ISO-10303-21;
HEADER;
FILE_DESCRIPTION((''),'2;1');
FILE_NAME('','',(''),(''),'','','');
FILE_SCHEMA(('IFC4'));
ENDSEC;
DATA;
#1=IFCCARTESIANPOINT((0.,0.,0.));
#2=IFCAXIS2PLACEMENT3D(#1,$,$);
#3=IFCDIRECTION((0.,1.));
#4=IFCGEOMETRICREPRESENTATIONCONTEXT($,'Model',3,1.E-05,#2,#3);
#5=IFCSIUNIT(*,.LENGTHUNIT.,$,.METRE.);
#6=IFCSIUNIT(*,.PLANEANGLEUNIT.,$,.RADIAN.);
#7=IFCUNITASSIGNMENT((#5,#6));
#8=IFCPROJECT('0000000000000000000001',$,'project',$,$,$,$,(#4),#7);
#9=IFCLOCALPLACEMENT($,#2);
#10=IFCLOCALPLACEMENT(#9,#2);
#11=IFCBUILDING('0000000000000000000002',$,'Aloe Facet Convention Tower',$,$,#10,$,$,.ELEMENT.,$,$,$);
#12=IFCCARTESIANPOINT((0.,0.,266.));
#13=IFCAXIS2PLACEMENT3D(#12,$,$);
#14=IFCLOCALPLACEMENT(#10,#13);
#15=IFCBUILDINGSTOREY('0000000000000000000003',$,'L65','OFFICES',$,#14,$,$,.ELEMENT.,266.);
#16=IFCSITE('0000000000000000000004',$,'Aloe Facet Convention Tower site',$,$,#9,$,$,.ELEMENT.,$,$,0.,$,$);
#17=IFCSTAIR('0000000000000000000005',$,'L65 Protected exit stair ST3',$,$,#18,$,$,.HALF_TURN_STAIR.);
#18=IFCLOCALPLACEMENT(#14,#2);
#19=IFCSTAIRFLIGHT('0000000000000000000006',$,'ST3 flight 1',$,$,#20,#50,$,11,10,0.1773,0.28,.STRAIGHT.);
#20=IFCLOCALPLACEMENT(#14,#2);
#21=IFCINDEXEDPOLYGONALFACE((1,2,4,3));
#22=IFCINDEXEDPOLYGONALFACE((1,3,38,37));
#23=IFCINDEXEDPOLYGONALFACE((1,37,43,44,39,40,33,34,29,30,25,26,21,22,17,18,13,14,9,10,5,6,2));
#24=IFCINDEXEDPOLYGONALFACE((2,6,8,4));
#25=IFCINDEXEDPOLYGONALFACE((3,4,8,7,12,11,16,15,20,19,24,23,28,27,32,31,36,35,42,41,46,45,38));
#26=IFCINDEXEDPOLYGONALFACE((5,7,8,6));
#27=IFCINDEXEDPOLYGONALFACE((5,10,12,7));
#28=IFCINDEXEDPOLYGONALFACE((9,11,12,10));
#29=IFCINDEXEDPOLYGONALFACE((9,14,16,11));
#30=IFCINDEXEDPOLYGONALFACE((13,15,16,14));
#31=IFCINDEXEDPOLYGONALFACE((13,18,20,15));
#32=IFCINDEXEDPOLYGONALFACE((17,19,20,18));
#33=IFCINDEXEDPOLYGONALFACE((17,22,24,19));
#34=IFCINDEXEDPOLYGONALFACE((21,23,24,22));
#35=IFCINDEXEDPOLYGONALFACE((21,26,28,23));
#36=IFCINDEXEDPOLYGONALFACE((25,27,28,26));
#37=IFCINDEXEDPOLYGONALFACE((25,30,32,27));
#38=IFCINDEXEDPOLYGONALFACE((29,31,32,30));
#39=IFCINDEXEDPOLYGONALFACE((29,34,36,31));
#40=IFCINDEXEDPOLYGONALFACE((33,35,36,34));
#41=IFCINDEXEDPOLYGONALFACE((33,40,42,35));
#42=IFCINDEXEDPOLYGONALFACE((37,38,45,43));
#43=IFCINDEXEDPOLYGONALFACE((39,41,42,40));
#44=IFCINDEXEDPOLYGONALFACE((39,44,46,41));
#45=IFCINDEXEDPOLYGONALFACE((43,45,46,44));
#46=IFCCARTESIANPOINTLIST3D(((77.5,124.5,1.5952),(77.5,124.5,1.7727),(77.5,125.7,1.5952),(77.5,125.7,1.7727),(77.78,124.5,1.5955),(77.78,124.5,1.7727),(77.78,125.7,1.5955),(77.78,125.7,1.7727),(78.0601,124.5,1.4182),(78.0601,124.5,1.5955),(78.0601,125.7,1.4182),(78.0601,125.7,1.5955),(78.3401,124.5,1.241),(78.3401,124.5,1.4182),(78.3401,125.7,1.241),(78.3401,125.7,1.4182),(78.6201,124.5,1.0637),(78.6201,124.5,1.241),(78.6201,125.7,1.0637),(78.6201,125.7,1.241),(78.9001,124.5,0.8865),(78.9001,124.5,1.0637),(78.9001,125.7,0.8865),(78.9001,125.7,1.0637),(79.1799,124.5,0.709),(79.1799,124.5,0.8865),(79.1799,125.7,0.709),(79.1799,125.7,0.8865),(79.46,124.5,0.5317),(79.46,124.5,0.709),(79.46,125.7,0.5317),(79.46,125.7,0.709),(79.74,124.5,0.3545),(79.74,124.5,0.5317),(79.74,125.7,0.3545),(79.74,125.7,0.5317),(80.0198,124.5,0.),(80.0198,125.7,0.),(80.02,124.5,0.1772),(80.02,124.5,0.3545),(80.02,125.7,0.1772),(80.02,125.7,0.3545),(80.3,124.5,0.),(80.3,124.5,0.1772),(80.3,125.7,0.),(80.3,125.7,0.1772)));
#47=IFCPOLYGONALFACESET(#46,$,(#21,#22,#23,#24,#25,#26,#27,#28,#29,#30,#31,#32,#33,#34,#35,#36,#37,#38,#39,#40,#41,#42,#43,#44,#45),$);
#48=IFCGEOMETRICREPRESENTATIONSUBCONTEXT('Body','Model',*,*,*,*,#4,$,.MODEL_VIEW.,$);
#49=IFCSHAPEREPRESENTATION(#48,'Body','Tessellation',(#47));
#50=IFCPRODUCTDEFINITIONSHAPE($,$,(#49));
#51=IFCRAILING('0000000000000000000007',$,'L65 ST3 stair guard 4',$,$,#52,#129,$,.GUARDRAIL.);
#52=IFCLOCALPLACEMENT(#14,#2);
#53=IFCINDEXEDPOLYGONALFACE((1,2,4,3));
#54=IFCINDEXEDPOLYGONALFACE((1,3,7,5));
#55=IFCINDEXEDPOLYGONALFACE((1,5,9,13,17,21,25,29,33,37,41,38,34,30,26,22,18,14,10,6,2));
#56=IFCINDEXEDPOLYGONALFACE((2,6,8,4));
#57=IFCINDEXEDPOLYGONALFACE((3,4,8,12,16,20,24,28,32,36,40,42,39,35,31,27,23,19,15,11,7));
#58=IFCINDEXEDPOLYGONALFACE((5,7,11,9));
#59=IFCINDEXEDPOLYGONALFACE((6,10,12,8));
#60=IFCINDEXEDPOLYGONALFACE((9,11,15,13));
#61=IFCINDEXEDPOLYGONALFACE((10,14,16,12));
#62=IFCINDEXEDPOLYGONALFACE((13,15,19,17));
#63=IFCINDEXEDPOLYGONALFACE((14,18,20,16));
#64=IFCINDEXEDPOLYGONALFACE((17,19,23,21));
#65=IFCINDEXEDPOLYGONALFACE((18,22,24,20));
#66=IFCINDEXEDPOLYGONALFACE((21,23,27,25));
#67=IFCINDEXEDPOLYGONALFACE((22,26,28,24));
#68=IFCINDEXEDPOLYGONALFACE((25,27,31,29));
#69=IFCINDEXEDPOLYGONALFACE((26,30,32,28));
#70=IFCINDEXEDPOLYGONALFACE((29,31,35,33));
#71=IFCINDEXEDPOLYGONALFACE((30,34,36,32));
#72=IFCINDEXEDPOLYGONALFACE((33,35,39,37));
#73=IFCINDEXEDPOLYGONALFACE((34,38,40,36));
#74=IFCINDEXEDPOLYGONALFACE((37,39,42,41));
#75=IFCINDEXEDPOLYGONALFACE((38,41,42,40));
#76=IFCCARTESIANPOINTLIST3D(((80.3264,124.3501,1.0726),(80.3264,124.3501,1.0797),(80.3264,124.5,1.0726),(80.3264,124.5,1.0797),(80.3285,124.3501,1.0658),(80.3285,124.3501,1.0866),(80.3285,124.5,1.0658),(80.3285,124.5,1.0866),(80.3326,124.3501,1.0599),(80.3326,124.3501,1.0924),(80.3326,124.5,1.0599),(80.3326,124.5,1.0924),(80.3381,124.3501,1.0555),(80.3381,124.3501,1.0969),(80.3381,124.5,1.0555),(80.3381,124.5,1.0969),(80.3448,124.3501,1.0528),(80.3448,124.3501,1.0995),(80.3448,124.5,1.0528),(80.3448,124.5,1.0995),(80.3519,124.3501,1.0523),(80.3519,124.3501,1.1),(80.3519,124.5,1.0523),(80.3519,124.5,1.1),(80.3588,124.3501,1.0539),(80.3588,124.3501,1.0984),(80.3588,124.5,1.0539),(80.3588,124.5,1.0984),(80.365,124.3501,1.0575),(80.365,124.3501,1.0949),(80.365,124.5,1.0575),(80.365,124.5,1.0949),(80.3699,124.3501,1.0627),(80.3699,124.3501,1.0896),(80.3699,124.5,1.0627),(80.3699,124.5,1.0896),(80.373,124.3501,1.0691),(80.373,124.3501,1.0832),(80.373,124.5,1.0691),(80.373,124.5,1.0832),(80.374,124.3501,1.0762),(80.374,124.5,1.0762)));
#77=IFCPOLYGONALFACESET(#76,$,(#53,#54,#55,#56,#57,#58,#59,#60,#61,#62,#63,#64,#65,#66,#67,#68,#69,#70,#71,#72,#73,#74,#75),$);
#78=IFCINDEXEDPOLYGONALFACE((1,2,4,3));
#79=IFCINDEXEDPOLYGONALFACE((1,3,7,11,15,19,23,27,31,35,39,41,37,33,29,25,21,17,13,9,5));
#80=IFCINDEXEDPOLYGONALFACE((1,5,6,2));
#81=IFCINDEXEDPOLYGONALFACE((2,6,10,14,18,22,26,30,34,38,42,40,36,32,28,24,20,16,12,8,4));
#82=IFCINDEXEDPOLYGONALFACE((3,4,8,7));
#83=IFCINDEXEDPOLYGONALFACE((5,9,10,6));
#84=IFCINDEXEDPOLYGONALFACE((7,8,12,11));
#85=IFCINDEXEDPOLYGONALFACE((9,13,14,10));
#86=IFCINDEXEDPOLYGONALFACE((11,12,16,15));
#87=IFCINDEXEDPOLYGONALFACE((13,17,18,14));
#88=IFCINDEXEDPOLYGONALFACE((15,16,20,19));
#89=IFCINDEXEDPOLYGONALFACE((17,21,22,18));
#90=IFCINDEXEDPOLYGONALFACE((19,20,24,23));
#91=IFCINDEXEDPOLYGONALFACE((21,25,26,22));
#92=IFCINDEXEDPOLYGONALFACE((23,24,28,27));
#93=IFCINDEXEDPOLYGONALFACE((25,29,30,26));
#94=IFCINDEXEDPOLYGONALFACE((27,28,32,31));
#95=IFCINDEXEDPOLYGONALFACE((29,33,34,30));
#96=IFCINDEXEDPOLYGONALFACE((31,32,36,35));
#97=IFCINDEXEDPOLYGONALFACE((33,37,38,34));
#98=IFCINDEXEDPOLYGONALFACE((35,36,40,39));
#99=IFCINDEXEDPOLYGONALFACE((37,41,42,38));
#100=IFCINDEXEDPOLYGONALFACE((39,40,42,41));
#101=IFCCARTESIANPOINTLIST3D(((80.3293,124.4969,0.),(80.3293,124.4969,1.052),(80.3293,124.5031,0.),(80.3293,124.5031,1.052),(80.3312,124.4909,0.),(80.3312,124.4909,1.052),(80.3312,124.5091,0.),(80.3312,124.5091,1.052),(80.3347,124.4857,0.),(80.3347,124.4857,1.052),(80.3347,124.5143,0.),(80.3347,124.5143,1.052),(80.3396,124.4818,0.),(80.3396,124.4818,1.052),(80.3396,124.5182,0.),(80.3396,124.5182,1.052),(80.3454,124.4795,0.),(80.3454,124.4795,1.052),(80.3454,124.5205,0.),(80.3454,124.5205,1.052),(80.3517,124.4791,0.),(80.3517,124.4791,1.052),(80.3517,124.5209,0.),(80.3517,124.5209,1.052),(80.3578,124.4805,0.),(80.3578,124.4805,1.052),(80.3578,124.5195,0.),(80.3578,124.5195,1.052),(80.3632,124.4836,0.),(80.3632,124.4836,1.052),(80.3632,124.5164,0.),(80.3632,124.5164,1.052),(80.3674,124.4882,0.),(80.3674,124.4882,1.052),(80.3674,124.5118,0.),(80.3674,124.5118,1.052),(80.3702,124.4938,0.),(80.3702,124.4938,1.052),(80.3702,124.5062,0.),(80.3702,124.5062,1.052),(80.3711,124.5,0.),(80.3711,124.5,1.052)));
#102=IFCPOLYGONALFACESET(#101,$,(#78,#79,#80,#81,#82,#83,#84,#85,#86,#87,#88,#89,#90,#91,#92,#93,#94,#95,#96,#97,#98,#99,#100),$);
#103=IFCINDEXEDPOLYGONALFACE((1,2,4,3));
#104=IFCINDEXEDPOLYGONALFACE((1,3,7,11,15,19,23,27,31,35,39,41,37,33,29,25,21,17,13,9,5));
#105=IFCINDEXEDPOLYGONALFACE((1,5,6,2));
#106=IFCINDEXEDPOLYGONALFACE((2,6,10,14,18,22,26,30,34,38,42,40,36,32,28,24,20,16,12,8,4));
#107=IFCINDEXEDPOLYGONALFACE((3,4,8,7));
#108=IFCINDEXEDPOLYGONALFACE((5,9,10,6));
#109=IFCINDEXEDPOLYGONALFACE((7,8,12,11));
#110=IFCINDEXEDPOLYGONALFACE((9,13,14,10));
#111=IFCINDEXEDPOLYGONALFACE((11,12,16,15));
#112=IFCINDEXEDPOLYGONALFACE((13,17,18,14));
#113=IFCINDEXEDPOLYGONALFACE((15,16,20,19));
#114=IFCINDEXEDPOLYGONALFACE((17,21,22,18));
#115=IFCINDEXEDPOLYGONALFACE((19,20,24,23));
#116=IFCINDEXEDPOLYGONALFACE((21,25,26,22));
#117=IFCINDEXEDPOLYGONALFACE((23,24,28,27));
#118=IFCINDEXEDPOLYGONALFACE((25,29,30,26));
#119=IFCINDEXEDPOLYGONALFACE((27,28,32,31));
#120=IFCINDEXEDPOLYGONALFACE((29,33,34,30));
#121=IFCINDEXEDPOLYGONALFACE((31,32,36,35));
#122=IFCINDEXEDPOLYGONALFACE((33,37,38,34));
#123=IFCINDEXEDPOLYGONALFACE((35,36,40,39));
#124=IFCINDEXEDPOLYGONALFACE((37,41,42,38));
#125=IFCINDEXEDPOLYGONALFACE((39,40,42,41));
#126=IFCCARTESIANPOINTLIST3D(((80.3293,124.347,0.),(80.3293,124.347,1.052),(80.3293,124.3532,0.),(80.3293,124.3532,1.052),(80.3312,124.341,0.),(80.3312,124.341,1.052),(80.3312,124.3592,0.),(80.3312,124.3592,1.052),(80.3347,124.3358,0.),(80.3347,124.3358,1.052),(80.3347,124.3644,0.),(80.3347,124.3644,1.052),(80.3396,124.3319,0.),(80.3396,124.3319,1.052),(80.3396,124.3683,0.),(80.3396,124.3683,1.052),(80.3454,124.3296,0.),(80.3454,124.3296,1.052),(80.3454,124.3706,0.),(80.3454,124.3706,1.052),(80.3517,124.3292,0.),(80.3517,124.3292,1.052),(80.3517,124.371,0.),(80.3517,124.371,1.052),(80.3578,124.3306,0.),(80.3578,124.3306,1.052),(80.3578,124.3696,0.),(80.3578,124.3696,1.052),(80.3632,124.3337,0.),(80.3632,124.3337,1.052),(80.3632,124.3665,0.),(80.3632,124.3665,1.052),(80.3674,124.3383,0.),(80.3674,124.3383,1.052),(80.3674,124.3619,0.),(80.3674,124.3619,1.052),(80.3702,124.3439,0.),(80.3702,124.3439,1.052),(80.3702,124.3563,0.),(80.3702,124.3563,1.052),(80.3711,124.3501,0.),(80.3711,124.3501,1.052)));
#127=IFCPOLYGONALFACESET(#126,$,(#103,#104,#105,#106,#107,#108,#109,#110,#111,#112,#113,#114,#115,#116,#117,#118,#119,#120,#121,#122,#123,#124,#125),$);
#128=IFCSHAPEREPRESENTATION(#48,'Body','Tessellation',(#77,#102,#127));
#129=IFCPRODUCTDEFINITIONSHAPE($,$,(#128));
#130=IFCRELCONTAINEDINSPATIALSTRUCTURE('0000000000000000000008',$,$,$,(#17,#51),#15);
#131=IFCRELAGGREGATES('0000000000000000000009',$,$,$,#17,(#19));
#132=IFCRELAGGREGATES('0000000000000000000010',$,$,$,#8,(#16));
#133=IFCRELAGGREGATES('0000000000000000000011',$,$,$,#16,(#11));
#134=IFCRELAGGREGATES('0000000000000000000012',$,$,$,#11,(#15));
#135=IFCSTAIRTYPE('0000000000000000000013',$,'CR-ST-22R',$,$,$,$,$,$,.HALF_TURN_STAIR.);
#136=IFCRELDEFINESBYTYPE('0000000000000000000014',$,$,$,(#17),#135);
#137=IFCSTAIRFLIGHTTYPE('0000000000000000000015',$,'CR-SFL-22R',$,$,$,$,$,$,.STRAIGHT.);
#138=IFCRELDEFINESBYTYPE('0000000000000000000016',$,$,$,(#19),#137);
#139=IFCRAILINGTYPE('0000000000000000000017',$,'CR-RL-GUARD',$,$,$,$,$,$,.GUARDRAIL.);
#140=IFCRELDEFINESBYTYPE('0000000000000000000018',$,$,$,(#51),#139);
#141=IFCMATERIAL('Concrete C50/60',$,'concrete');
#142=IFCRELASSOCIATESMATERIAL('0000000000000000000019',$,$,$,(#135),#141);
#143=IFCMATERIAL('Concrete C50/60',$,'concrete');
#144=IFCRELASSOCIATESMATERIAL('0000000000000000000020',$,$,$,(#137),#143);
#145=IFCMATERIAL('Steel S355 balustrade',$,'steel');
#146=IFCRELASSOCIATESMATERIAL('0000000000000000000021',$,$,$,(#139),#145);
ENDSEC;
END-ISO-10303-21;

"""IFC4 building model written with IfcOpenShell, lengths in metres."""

from ifc_helpers import new_model, si_unit, direction, frame, origin, origin_2d, place, context, subcontext, project, spatial, polyline, circle, outline, extrude, material, type_object, element, aggregate, save


model = new_model("IFC4")

# Units and contexts
model_context = context("Model", 3, precision=1e-05, world=origin(), true_north=direction((0.0, 1.0)))
body_context = subcontext(model_context, "Body", "Model", "MODEL_VIEW")
ifc_project = project(units=[si_unit("LENGTHUNIT", "METRE"), si_unit("PLANEANGLEUNIT", "RADIAN")], contexts=[model_context])

# Site, building, storey
site_placement = place(None, origin())
site = spatial("IfcSite", under=ifc_project, at=site_placement, Name="Aloe Facet Convention Tower site", CompositionType="ELEMENT", RefElevation=0.0)
building_placement = place(site_placement, origin())
building = spatial("IfcBuilding", under=site, at=building_placement, Name="Aloe Facet Convention Tower", CompositionType="ELEMENT")
storey_placement = place(building_placement, frame((0.0, 0.0, 266.0)))
storey = spatial("IfcBuildingStorey", under=building, at=storey_placement, Name="L65", Description="OFFICES", CompositionType="ELEMENT", Elevation=266.0)

# Stair, stair flight
ifc_material_1 = material(Name="Concrete C50/60", Category="concrete")
stair_type = type_object("IfcStairType", Name="CR-ST-22R", PredefinedType="HALF_TURN_STAIR", material=ifc_material_1)
stair_placement = place(storey_placement, origin())
stair = element("IfcStair", 1, at=stair_placement, inside=storey, type_object=stair_type, Name="L65 Protected exit stair ST3", PredefinedType="HALF_TURN_STAIR")
ifc_material_2 = material(Name="Concrete C50/60", Category="concrete")
stair_flight_type = type_object("IfcStairFlightType", Name="CR-SFL-22R", PredefinedType="STRAIGHT", material=ifc_material_2)
stair_flight_placement = place(storey_placement, frame((80.3, 125.1001, 0.0), z_axis=(0.0, 0.0, 1.0), x_axis=(-1.0, 0.0, 0.0)))
stair_flight = element("IfcStairFlight", 2, at=stair_flight_placement, type_object=stair_flight_type, Name="ST3 flight 1", NumberOfRisers=11, NumberOfTreads=10, PredefinedType="STRAIGHT", RiserHeight=0.1773, TreadLength=0.28, context=body_context, shape_type="SweptSolid", body=[
    extrude(outline(polyline([(0.0, 0.0), (0.0, 0.1772), (0.28, 0.1772), (0.28, 0.3545), (0.5601, 0.3545), (0.5601, 0.5317), (0.8401, 0.5317), (0.8401, 0.709), (1.1201, 0.709), (1.1201, 0.8865), (1.3999, 0.8865), (1.3999, 1.0637), (1.6799, 1.0637), (1.6799, 1.241), (1.96, 1.241), (1.96, 1.4182), (2.24, 1.4182), (2.24, 1.5955), (2.52, 1.5955), (2.52, 1.7727), (2.8, 1.7727), (2.8, 1.95), (2.8, 1.5952), (0.2803, 0.0), (0.0, 0.0)])), frame((0.0, 0.6001, 0.0), z_axis=(0.0, -1.0, 0.0), x_axis=(1.0, 0.0, 0.0)), (0.0, 0.0, 1.0), 1.2),
])
aggregate(stair, [stair_flight])

# Railing
ifc_material_3 = material(Name="Steel S355 balustrade", Category="steel")
railing_type_1 = type_object("IfcRailingType", Name="CR-RL-GUARD", PredefinedType="GUARDRAIL", material=ifc_material_3)
railing_1_placement = place(storey_placement, frame((80.3501, 124.5, 0.0)))
element("IfcRailing", 3, at=railing_1_placement, inside=storey, type_object=railing_type_1, Name="L65 ST3 stair guard 4", PredefinedType="GUARDRAIL", context=body_context, shape_type="SweptSolid", body=[
    extrude(circle(Radius=0.0239, at=origin_2d()), frame((0.0, 0.0, 1.0762), z_axis=(0.0, -1.0, 0.0), x_axis=(1.0, 0.0, 0.0)), (0.0, 0.0, 1.0), 0.1499),
    extrude(circle(Radius=0.021, at=origin_2d()), origin(), (0.0, 0.0, 1.0), 1.052),
    extrude(circle(Radius=0.021, at=origin_2d()), frame((0.0, -0.1499, 0.0)), (0.0, 0.0, 1.0), 1.052),
])

save(model, "model.ifc")
